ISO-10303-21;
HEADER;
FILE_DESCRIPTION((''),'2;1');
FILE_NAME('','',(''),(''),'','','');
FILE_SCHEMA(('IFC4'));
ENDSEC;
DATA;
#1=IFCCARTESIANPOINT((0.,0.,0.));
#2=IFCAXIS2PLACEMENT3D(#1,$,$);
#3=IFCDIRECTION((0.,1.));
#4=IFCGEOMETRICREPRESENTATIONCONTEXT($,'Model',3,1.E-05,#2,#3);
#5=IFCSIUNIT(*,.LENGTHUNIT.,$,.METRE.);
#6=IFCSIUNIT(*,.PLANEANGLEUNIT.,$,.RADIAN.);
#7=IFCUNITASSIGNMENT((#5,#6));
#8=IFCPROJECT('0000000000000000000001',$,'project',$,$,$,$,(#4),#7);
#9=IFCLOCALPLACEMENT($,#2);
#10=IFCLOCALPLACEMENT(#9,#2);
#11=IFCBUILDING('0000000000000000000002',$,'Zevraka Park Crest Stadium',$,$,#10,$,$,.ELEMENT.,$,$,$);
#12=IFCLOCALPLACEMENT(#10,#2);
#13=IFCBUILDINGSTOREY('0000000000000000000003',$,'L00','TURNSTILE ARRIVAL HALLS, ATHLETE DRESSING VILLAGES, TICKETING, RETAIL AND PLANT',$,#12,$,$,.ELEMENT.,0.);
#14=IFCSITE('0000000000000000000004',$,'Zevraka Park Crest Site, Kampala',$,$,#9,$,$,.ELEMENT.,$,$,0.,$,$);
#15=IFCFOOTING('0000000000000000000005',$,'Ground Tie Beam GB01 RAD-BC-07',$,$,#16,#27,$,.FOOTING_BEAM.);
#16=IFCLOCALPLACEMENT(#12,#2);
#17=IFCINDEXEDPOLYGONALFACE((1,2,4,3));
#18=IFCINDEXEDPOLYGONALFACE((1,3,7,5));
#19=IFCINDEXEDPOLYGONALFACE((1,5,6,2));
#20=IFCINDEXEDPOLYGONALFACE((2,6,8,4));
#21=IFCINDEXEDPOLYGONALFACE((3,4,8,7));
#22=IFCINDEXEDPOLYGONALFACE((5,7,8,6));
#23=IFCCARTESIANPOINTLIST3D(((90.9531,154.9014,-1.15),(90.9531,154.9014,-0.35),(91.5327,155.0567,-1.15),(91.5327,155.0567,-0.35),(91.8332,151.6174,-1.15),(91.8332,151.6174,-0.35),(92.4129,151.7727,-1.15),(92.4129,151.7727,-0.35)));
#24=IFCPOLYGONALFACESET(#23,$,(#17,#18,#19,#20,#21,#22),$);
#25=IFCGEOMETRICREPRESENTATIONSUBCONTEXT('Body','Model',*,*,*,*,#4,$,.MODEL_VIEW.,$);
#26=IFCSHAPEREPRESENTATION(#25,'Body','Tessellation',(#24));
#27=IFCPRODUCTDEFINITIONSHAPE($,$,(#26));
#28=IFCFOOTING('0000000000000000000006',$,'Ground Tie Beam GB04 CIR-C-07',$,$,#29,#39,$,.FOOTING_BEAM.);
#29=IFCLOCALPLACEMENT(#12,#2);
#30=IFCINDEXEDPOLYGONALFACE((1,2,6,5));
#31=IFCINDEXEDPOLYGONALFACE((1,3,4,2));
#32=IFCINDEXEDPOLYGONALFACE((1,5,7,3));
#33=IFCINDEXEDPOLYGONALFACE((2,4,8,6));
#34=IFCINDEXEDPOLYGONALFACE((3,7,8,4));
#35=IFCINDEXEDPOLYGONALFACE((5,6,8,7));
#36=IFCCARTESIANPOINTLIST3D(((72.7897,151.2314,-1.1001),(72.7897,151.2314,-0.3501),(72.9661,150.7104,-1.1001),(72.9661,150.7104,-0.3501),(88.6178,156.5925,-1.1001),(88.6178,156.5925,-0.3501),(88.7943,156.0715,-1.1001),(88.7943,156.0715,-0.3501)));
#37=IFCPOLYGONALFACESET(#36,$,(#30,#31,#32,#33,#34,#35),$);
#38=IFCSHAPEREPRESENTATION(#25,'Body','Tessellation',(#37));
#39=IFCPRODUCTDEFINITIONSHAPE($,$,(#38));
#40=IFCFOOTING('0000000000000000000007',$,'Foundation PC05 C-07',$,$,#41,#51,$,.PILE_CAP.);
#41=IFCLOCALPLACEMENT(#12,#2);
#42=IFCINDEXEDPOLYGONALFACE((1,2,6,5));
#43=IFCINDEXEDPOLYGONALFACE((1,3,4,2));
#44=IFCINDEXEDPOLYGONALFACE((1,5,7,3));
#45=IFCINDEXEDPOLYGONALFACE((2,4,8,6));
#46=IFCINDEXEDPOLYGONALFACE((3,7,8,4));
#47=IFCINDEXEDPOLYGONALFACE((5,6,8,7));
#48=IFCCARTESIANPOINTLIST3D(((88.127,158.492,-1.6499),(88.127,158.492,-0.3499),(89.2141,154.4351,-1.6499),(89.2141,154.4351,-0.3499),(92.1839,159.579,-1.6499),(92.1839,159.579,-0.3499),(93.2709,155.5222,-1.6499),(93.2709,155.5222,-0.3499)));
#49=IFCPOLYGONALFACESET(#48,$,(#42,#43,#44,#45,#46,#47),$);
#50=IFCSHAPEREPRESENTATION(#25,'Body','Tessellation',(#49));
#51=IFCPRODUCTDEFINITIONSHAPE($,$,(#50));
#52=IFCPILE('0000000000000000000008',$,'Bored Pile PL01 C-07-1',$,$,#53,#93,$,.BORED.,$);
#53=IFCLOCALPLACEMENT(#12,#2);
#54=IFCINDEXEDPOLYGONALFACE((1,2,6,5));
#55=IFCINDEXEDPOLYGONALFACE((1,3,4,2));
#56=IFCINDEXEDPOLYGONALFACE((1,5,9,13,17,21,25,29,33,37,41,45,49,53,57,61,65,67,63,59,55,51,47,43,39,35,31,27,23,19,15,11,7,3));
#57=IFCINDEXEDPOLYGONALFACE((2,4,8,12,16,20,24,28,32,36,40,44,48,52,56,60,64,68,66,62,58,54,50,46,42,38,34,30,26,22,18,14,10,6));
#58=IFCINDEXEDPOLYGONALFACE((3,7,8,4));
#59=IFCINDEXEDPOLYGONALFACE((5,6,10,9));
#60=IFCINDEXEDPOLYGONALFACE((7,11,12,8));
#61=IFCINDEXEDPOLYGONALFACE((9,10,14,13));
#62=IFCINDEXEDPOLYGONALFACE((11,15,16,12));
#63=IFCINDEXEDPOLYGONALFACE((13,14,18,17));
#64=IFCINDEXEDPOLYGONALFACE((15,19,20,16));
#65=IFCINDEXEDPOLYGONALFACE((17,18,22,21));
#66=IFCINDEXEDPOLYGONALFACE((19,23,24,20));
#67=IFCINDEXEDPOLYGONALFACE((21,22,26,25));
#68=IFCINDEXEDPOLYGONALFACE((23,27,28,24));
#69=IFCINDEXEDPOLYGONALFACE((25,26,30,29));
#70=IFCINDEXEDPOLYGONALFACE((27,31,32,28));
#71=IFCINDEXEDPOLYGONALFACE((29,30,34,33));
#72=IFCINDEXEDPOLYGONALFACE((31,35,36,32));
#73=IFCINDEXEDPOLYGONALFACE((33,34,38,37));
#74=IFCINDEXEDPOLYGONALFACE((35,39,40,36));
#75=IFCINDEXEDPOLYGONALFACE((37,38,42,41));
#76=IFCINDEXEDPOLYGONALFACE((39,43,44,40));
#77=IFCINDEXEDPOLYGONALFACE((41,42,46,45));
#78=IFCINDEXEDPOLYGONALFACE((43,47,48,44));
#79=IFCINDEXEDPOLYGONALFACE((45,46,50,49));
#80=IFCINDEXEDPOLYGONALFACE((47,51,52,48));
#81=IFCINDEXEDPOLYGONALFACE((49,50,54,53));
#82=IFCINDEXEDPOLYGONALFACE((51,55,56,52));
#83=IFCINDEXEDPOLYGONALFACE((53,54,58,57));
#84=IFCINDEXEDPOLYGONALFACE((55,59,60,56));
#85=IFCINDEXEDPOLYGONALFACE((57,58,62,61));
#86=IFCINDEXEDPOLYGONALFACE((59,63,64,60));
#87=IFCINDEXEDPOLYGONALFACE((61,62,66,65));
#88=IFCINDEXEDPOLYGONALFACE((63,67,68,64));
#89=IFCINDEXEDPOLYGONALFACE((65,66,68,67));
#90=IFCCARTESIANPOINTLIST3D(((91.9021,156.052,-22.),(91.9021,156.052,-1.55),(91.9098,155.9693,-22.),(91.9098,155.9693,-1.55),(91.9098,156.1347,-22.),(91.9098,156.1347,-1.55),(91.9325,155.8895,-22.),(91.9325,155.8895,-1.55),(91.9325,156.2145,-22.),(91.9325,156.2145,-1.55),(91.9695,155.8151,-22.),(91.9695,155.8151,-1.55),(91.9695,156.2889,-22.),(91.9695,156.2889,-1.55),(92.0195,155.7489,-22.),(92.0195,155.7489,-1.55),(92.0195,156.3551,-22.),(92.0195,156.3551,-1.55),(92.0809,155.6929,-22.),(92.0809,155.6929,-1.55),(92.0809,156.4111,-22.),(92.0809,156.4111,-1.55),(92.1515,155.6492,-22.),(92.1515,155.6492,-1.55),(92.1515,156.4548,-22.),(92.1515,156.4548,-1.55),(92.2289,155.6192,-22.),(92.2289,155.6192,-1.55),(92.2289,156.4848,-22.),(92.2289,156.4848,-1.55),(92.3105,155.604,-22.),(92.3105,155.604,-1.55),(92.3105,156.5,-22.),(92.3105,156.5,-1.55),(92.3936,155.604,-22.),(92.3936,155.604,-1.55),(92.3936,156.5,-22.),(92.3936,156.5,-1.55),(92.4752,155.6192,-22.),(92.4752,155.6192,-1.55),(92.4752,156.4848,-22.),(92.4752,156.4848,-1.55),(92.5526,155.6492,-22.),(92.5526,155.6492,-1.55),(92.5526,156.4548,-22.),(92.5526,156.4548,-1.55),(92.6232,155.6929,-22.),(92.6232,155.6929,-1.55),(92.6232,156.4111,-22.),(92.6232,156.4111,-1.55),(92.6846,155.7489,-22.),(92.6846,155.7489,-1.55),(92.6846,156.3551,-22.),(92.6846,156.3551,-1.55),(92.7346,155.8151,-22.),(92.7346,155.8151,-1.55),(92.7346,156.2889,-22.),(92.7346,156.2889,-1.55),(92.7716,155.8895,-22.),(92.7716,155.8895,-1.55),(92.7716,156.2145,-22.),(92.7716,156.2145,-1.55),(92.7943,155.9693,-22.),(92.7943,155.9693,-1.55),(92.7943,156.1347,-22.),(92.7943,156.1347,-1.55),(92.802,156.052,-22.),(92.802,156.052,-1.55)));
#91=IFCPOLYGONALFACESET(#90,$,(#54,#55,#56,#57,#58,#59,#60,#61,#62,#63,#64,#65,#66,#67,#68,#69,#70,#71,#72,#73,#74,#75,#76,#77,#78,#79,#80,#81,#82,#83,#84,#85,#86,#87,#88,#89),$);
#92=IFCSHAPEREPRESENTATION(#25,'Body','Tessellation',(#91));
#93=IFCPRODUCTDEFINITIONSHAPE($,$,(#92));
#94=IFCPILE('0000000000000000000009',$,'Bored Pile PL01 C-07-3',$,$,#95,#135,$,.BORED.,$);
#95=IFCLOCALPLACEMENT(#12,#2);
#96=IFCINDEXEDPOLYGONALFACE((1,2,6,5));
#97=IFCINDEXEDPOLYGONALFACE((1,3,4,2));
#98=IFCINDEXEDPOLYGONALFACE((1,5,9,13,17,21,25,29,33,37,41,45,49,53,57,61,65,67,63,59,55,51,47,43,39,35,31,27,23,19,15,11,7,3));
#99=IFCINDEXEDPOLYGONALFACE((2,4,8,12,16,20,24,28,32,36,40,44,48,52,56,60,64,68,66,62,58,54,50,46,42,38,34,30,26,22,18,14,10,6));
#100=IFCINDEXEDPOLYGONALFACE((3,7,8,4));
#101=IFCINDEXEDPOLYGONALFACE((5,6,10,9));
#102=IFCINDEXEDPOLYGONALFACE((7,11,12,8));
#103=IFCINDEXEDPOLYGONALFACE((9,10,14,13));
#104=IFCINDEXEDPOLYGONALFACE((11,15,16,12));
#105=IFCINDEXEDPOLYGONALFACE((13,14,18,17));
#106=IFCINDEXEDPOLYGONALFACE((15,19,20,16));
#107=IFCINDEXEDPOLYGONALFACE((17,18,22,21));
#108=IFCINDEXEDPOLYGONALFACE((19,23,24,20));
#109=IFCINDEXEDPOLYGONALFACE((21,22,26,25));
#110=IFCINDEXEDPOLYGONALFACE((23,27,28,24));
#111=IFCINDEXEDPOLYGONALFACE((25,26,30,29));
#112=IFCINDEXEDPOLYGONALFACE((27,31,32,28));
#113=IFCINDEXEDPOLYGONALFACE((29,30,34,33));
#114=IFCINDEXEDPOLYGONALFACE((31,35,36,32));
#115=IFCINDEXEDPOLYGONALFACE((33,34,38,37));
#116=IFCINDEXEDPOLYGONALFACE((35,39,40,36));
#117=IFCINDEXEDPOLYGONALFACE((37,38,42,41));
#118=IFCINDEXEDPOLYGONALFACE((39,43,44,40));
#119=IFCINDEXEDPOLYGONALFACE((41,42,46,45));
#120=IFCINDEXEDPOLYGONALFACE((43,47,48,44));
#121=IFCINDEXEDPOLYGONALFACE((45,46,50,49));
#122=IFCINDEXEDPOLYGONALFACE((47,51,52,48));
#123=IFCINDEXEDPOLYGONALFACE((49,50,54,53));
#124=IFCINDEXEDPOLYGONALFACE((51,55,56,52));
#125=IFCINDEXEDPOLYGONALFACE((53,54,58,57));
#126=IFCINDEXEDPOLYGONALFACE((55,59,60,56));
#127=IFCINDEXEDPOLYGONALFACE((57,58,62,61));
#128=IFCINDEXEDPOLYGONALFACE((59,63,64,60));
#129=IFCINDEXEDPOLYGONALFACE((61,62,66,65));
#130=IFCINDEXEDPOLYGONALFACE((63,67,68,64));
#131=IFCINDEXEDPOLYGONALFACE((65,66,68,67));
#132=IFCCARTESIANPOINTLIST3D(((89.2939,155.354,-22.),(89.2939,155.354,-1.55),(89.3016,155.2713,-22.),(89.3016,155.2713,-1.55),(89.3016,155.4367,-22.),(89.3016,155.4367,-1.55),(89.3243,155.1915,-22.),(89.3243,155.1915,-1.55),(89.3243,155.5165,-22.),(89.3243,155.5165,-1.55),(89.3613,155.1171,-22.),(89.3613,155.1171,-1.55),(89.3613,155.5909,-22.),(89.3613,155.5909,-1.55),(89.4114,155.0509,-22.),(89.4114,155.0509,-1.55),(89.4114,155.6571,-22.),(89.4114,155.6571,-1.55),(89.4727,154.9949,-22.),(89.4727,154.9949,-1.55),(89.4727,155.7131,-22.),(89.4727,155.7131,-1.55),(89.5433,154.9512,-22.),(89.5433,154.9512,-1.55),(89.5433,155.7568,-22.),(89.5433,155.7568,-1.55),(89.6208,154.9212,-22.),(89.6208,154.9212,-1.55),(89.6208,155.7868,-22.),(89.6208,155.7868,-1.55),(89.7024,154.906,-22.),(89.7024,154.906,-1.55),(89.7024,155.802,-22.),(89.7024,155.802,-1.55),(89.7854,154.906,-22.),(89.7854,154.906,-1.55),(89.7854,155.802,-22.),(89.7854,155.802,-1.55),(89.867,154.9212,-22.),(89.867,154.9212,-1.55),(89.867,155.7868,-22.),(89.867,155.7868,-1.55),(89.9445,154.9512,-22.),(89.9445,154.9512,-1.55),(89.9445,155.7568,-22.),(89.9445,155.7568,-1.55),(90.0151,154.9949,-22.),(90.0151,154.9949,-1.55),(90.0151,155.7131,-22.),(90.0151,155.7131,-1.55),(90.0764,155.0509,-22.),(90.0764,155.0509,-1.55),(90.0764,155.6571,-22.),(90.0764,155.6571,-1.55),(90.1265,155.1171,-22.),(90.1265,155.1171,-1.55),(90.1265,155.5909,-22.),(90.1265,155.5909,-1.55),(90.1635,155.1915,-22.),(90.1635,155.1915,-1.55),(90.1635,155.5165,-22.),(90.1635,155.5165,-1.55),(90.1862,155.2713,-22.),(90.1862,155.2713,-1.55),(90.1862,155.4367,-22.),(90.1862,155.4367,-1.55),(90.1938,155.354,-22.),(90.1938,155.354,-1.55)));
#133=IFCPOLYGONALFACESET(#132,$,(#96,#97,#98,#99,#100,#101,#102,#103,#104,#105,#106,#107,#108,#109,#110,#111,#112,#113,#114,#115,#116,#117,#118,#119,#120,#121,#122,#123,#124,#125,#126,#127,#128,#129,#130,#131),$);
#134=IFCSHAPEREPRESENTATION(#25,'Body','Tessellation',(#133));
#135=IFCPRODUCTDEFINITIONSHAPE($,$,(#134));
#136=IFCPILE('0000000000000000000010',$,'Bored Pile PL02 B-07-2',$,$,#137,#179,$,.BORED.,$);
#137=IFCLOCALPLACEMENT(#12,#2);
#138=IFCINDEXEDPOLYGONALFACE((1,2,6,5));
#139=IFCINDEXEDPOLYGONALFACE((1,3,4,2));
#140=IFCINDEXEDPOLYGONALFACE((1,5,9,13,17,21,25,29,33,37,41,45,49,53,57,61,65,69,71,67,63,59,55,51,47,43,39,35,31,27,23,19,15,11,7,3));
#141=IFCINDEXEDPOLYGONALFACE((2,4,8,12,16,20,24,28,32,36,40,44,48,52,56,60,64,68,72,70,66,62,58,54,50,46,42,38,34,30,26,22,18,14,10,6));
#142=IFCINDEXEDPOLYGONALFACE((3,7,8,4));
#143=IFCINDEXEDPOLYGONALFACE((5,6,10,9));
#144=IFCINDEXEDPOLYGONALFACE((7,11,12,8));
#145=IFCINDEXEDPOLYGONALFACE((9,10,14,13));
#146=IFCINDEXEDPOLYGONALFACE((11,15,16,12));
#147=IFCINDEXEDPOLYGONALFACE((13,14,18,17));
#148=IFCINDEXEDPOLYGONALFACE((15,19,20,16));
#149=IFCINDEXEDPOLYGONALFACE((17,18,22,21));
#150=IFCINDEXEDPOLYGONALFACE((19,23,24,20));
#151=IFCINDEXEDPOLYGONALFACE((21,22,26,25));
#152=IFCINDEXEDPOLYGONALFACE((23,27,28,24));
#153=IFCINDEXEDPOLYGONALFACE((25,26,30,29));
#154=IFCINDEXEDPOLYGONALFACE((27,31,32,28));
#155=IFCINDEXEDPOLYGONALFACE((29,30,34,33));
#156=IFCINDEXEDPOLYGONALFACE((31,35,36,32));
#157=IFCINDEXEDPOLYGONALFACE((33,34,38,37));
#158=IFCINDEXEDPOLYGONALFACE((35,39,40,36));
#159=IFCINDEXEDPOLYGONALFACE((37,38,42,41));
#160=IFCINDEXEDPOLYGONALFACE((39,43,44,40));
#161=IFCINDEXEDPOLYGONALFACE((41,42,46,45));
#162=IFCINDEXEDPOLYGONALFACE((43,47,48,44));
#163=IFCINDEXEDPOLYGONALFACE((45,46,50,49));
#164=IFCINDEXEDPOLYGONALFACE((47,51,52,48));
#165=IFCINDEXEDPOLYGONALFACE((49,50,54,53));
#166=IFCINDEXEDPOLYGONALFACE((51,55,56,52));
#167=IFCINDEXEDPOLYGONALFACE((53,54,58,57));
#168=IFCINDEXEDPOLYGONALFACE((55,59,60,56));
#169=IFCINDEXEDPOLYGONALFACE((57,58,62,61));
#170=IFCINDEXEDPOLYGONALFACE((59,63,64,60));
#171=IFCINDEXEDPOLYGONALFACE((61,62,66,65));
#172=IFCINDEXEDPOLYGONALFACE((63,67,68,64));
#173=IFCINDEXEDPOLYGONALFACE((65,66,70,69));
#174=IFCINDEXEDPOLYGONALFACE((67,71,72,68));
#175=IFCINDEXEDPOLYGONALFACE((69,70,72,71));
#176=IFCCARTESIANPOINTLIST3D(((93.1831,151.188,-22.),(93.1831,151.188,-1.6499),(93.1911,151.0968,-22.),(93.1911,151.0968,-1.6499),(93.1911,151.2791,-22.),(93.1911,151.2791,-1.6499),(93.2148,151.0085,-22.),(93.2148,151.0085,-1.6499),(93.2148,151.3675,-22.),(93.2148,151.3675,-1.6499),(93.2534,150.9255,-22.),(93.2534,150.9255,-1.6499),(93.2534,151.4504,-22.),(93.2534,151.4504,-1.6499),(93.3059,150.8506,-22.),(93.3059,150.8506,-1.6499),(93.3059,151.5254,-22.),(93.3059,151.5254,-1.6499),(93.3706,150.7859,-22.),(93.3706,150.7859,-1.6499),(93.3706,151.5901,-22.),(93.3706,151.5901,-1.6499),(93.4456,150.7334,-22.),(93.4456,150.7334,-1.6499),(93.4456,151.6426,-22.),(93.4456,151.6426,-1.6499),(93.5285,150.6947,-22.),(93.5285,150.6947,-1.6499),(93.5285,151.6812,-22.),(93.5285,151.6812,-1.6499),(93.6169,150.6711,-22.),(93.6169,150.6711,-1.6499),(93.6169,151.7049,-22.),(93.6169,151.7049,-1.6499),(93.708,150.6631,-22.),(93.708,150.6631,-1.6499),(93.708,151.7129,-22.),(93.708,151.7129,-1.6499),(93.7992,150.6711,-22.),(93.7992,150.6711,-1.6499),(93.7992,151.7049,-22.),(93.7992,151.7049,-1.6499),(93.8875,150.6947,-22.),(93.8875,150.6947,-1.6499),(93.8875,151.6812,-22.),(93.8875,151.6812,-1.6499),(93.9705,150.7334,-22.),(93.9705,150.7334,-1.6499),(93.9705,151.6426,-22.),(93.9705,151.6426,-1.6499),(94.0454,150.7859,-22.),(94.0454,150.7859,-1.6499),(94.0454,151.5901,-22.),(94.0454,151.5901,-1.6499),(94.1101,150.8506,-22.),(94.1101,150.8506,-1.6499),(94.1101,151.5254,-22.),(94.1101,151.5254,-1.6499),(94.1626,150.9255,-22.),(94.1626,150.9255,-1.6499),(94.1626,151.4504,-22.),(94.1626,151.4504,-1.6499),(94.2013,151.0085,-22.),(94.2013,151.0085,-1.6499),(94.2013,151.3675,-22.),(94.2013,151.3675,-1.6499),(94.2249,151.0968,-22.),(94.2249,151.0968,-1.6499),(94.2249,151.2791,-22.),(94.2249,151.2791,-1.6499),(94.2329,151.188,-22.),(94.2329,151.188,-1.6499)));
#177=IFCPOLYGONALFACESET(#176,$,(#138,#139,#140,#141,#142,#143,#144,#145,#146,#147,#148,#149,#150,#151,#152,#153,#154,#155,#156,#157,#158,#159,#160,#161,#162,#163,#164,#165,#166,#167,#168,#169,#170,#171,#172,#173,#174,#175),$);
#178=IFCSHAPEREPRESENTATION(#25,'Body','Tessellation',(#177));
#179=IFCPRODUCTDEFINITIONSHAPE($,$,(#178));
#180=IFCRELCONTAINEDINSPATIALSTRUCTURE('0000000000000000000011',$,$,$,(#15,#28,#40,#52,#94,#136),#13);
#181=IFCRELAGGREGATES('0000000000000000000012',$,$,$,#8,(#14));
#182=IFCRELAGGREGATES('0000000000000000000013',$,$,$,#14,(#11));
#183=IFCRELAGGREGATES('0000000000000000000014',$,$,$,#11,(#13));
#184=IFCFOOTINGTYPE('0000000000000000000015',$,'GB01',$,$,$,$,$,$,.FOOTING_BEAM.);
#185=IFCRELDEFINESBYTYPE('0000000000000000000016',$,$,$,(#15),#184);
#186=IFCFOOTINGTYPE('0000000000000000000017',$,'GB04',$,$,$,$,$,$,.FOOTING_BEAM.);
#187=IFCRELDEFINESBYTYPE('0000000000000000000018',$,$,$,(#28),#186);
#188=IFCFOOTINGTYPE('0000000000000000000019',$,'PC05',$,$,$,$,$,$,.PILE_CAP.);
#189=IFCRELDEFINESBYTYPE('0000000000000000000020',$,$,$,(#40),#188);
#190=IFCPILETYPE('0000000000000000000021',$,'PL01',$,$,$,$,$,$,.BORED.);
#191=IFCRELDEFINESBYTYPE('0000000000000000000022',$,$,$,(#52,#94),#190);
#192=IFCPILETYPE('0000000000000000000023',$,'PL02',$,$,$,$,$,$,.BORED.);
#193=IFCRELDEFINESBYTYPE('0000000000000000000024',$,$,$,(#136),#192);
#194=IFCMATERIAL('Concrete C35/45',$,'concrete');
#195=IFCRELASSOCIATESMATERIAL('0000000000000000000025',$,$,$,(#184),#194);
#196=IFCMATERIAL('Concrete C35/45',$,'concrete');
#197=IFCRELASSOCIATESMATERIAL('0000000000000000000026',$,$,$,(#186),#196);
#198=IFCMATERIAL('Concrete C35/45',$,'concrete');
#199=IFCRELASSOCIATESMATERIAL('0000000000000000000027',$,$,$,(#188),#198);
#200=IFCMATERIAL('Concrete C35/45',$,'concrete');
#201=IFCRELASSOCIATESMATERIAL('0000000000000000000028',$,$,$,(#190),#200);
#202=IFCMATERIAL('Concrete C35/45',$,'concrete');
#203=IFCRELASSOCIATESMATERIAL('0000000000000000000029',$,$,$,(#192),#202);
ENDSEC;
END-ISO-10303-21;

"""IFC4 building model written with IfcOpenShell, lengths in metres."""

from ifc_helpers import new_model, si_unit, direction, frame, origin, origin_2d, place, context, subcontext, project, spatial, rectangle, circle, extrude, material, material_profile, profile_set, type_object, element, save


model = new_model("IFC4")

# Units and contexts
model_context = context("Model", 3, precision=1e-05, world=origin(), true_north=direction((0.0, 1.0)))
body_context = subcontext(model_context, "Body", "Model", "MODEL_VIEW")
ifc_project = project(units=[si_unit("LENGTHUNIT", "METRE"), si_unit("PLANEANGLEUNIT", "RADIAN")], contexts=[model_context])

# Site, building, storey
site_placement = place(None, origin())
site = spatial("IfcSite", under=ifc_project, at=site_placement, Name="Zevraka Park Crest Site, Kampala", CompositionType="ELEMENT", RefElevation=0.0)
building_placement = place(site_placement, origin())
building = spatial("IfcBuilding", under=site, at=building_placement, Name="Zevraka Park Crest Stadium", CompositionType="ELEMENT")
storey_placement = place(building_placement, origin())
storey = spatial("IfcBuildingStorey", under=building, at=storey_placement, Name="L00", Description="TURNSTILE ARRIVAL HALLS, ATHLETE DRESSING VILLAGES, TICKETING, RETAIL AND PLANT", CompositionType="ELEMENT", Elevation=0.0)

# Footings
ifc_material_1 = material(Name="Concrete C35/45", Category="concrete")
ifc_material_profile_1 = material_profile(ifc_material_1, rectangle(XDim=0.6001, YDim=0.8, at=origin_2d()), Name="GB 800x600")
ifc_profile_set_1 = profile_set([ifc_material_profile_1], Name="Concrete C35/45")
footing_type_1 = type_object("IfcFootingType", Name="GB01", PredefinedType="FOOTING_BEAM", material=ifc_profile_set_1)
footing_1_placement = place(storey_placement, frame((92.123, 151.6951, -0.75), z_axis=(-0.258874, 0.965911, 0.0), x_axis=(-0.965911, -0.258874, 0.0)))
element("IfcFooting", 1, at=footing_1_placement, inside=storey, type_object=footing_type_1, Name="Ground Tie Beam GB01 RAD-BC-07", PredefinedType="FOOTING_BEAM", context=body_context, shape_type="SweptSolid", body=[
    extrude(rectangle(XDim=0.6001, YDim=0.8, at=origin_2d()), origin(), (0.0, 0.0, 1.0), 3.3999),
])
ifc_material_2 = material(Name="Concrete C35/45", Category="concrete")
ifc_material_profile_2 = material_profile(ifc_material_2, rectangle(XDim=0.55, YDim=0.75, at=origin_2d()), Name="GB 750x550")
ifc_profile_set_2 = profile_set([ifc_material_profile_2], Name="Concrete C35/45")
footing_type_2 = type_object("IfcFootingType", Name="GB04", PredefinedType="FOOTING_BEAM", material=ifc_profile_set_2)
footing_2_placement = place(storey_placement, frame((88.7061, 156.332, -0.7251), z_axis=(-0.947146, -0.320804, 0.0), x_axis=(0.320804, -0.947146, 0.0)))
element("IfcFooting", 2, at=footing_2_placement, inside=storey, type_object=footing_type_2, Name="Ground Tie Beam GB04 CIR-C-07", PredefinedType="FOOTING_BEAM", context=body_context, shape_type="SweptSolid", body=[
    extrude(rectangle(XDim=0.55, YDim=0.75, at=origin_2d()), origin(), (0.0, 0.0, 1.0), 16.7114),
])
ifc_material_3 = material(Name="Concrete C35/45", Category="concrete")
footing_type_3 = type_object("IfcFootingType", Name="PC05", PredefinedType="PILE_CAP", material=ifc_material_3)
footing_3_placement = place(storey_placement, frame((90.699, 157.0071, -1.6499), z_axis=(0.0, 0.0, 1.0), x_axis=(-0.258819, 0.965926, 0.0)))
element("IfcFooting", 3, at=footing_3_placement, inside=storey, type_object=footing_type_3, Name="Foundation PC05 C-07", PredefinedType="PILE_CAP", context=body_context, shape_type="SweptSolid", body=[
    extrude(rectangle(XDim=4.2, YDim=4.2, at=origin_2d()), origin(), (0.0, 0.0, 1.0), 1.3),
])

# Piles
ifc_material_4 = material(Name="Concrete C35/45", Category="concrete")
ifc_material_profile_3 = material_profile(ifc_material_4, circle(Radius=0.45, at=origin_2d()), Name="PILE D900")
ifc_profile_set_3 = profile_set([ifc_material_profile_3], Name="Concrete C35/45")
pile_type_1 = type_object("IfcPileType", Name="PL01", PredefinedType="BORED", material=ifc_profile_set_3)
for number, where, z_axis, x_axis, name in (
    (4, (92.3521, 156.052, -1.55), (0.0, 0.0, -1.0), (1.0, 0.0, 0.0), "Bored Pile PL01 C-07-1"),
    (5, (89.7439, 155.354, -1.55), (0.0, 0.0, -1.0), (1.0, 0.0, 0.0), "Bored Pile PL01 C-07-3"),
):
    element("IfcPile", number, at=place(storey_placement, frame(where, z_axis=z_axis, x_axis=x_axis)), inside=storey, type_object=pile_type_1, Name=name, PredefinedType="BORED", context=body_context, shape_type="SweptSolid", body=[
        extrude(circle(Radius=0.45, at=origin_2d()), origin(), (0.0, 0.0, 1.0), 20.45),
    ])
ifc_material_5 = material(Name="Concrete C35/45", Category="concrete")
ifc_material_profile_4 = material_profile(ifc_material_5, circle(Radius=0.5249, at=origin_2d()), Name="PILE D1050")
ifc_profile_set_4 = profile_set([ifc_material_profile_4], Name="Concrete C35/45")
pile_type_2 = type_object("IfcPileType", Name="PL02", PredefinedType="BORED", material=ifc_profile_set_4)
for number, where, z_axis, x_axis, name in (
    (6, (93.708, 151.188, -1.6499), (0.0, 0.0, -1.0), (1.0, 0.0, 0.0), "Bored Pile PL02 B-07-2"),
):
    element("IfcPile", number, at=place(storey_placement, frame(where, z_axis=z_axis, x_axis=x_axis)), inside=storey, type_object=pile_type_2, Name=name, PredefinedType="BORED", context=body_context, shape_type="SweptSolid", body=[
        extrude(circle(Radius=0.5249, at=origin_2d()), origin(), (0.0, 0.0, 1.0), 20.3501),
    ])

save(model, "model.ifc")
